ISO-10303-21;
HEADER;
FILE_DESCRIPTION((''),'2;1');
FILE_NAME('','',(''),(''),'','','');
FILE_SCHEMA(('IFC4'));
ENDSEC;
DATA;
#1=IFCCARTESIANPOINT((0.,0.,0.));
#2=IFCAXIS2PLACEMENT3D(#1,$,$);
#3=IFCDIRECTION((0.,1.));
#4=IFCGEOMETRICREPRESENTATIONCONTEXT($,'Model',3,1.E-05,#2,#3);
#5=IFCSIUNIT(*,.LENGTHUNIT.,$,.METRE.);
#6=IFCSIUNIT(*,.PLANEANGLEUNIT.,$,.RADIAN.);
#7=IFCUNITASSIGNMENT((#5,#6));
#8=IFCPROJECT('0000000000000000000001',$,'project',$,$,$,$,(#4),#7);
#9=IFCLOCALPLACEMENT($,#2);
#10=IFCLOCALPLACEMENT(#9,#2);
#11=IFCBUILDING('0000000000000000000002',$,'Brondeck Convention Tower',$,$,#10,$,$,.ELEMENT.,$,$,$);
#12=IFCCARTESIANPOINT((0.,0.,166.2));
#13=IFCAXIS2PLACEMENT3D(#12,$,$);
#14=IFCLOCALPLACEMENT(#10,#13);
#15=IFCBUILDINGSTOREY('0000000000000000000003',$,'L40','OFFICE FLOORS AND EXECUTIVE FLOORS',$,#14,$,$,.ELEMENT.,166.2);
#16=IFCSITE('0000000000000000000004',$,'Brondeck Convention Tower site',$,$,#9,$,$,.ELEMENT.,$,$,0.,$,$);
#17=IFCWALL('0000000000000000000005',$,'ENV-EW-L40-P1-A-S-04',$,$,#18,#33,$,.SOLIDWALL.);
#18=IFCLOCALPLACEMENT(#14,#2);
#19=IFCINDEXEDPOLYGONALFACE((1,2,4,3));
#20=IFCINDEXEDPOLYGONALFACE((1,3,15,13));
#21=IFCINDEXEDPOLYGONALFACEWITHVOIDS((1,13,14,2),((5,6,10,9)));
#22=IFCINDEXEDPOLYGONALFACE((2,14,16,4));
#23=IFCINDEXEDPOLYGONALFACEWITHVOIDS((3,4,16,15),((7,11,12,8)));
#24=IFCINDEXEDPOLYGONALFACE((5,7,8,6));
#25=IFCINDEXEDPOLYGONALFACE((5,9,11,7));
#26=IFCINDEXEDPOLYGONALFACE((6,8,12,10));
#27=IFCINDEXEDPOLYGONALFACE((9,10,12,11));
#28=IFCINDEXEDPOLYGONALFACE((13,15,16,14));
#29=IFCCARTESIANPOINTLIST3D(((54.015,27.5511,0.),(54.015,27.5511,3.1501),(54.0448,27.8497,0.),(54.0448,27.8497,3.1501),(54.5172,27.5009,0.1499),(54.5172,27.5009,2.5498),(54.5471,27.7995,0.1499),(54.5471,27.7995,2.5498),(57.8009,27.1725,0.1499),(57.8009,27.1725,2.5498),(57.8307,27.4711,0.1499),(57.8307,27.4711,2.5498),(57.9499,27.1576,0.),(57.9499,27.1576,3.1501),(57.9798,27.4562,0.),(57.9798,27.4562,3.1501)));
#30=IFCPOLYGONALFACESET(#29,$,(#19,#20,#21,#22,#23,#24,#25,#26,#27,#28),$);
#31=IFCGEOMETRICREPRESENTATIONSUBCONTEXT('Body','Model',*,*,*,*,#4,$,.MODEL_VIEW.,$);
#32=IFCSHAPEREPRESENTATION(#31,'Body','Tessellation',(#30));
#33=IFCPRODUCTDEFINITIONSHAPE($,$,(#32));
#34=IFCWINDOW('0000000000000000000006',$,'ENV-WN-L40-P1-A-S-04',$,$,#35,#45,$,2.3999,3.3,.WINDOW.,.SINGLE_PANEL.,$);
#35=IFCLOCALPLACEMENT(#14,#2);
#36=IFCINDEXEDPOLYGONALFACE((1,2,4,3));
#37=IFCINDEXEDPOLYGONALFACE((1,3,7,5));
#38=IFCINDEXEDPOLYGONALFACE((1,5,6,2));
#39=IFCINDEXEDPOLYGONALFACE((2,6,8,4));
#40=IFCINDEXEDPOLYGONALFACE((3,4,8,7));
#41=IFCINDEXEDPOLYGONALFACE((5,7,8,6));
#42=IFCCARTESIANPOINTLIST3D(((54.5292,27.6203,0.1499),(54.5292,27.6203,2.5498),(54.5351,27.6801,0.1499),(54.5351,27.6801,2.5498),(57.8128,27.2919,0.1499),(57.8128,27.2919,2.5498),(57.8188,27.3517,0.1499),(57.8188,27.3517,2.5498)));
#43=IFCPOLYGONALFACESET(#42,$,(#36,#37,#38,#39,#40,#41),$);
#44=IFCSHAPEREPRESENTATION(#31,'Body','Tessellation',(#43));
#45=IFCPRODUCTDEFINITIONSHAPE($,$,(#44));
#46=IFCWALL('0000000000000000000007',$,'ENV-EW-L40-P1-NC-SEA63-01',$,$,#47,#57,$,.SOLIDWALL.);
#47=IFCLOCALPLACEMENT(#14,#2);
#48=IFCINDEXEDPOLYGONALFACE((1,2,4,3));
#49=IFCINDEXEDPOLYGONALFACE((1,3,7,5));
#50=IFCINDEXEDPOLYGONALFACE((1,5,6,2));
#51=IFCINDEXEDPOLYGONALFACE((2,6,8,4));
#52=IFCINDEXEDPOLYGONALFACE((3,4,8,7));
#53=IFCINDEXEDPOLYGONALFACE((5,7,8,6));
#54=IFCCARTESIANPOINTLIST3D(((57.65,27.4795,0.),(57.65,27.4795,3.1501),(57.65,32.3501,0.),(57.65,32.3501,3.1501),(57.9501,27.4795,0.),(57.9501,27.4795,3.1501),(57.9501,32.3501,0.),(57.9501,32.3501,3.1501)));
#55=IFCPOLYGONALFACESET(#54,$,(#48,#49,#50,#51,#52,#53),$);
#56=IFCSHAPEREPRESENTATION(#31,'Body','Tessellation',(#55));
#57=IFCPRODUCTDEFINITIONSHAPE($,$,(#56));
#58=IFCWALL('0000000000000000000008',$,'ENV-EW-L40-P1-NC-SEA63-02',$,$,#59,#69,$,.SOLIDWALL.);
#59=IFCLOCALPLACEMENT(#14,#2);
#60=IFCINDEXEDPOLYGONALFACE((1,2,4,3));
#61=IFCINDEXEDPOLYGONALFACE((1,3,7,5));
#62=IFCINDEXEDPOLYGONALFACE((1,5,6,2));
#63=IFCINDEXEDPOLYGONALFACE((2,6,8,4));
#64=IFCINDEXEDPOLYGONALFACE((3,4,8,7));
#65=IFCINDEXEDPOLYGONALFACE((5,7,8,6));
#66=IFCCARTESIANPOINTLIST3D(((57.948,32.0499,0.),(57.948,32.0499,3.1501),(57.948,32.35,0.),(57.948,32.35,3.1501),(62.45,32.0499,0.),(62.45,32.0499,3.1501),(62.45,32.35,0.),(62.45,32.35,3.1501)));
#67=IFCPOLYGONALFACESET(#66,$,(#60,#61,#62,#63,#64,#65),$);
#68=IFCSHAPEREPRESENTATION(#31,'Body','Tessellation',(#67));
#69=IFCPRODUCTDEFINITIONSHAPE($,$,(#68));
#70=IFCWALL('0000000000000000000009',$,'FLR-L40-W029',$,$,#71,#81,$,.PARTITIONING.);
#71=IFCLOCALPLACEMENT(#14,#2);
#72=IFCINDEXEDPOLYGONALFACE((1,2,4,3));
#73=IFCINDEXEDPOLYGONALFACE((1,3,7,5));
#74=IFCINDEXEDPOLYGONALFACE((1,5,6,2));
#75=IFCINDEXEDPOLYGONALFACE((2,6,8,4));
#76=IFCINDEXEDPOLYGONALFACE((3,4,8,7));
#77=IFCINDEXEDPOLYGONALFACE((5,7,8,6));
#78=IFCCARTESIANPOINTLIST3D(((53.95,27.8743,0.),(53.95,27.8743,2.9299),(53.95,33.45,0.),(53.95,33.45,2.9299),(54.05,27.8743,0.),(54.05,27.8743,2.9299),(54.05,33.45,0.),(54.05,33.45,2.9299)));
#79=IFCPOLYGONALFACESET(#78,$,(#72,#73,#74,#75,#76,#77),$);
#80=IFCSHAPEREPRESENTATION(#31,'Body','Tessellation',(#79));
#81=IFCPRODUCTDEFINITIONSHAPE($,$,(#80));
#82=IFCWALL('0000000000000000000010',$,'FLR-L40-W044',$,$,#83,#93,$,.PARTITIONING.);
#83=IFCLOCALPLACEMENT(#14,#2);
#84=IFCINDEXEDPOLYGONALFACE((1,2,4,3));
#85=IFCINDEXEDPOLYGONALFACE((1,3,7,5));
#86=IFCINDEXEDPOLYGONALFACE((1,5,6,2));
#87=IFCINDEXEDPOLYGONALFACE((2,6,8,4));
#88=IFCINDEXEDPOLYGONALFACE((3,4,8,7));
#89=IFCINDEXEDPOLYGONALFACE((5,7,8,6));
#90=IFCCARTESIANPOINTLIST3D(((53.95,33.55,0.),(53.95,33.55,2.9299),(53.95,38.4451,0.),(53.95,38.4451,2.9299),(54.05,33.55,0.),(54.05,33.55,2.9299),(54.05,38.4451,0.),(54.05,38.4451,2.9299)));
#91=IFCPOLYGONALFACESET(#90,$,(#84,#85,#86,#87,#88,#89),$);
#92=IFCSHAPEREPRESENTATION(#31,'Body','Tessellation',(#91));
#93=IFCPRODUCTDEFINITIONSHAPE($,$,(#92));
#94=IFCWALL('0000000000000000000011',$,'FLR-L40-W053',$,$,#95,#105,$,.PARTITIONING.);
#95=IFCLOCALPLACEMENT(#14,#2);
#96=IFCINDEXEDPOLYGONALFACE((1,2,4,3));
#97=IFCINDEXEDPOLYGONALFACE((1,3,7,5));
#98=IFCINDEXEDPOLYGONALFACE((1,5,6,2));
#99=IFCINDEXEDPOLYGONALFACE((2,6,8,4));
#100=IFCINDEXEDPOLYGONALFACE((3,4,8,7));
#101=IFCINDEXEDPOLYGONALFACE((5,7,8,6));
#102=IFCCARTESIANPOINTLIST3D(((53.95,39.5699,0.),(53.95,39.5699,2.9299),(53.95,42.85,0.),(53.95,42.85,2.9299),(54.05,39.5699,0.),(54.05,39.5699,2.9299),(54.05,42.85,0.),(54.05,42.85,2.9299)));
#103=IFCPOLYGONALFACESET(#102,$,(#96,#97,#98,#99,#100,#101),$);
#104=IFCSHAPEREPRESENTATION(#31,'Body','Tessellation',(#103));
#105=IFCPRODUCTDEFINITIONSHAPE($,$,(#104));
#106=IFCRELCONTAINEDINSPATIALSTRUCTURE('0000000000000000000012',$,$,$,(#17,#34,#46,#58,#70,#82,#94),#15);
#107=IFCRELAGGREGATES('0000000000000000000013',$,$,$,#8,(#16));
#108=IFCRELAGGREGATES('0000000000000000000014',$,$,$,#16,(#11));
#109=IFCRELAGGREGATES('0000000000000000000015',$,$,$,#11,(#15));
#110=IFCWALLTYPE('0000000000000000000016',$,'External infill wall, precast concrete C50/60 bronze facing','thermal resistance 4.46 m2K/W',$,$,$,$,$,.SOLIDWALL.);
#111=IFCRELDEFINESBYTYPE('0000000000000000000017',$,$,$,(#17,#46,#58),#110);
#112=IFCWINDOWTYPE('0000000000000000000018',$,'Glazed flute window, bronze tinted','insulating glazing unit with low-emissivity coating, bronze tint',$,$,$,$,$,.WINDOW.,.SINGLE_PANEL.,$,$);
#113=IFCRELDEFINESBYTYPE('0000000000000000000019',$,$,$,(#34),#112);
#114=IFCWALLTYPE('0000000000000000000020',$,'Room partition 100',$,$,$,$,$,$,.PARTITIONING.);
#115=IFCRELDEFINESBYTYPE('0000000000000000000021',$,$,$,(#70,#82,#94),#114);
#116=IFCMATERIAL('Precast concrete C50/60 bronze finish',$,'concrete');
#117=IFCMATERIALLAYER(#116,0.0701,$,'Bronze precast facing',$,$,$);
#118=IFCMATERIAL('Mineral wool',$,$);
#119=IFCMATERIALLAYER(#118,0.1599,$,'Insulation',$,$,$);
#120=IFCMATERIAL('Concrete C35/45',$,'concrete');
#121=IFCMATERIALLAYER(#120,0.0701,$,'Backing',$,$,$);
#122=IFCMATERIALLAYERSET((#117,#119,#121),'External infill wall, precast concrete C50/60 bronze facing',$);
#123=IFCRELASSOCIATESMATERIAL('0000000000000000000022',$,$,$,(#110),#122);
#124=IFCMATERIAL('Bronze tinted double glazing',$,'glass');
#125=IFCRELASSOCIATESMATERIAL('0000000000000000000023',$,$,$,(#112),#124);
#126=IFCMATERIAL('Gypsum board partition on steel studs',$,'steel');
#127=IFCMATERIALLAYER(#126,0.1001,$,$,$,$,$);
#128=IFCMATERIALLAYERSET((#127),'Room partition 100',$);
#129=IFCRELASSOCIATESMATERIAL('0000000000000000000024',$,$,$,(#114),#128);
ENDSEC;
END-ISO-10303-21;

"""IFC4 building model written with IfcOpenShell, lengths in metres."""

from ifc_helpers import new_model, si_unit, direction, frame, frame_2d, origin, place, context, subcontext, project, spatial, rectangle, extrude, material, layer, layer_set, type_object, element, fill, save


model = new_model("IFC4")

# Units and contexts
model_context = context("Model", 3, precision=1e-05, world=origin(), true_north=direction((0.0, 1.0)))
body_context = subcontext(model_context, "Body", "Model", "MODEL_VIEW")
ifc_project = project(units=[si_unit("LENGTHUNIT", "METRE"), si_unit("PLANEANGLEUNIT", "RADIAN")], contexts=[model_context])

# Site, building, storey
site_placement = place(None, origin())
site = spatial("IfcSite", under=ifc_project, at=site_placement, Name="Brondeck Convention Tower site", CompositionType="ELEMENT", RefElevation=0.0)
building_placement = place(site_placement, origin())
building = spatial("IfcBuilding", under=site, at=building_placement, Name="Brondeck Convention Tower", CompositionType="ELEMENT")
storey_placement = place(building_placement, frame((0.0, 0.0, 166.2)))
storey = spatial("IfcBuildingStorey", under=building, at=storey_placement, Name="L40", Description="OFFICE FLOORS AND EXECUTIVE FLOORS", CompositionType="ELEMENT", Elevation=166.2)

# Shared definitions
ifc_material_1 = material(Name="Precast concrete C50/60 bronze finish", Category="concrete")
ifc_layer_1 = layer(ifc_material_1, 0.0701, Name="Bronze precast facing")
ifc_material_2 = material(Name="Mineral wool")
ifc_layer_2 = layer(ifc_material_2, 0.1599, Name="Insulation")
ifc_material_3 = material(Name="Concrete C35/45", Category="concrete")
ifc_layer_3 = layer(ifc_material_3, 0.0701, Name="Backing")
ifc_layer_set_1 = layer_set([ifc_layer_1, ifc_layer_2, ifc_layer_3], Name="External infill wall, precast concrete C50/60 bronze facing")
wall_type_1 = type_object("IfcWallType", Name="External infill wall, precast concrete C50/60 bronze facing", Description="thermal resistance 4.46 m2K/W", PredefinedType="SOLIDWALL", material=ifc_layer_set_1)
ifc_material_4 = material(Name="Bronze tinted double glazing", Category="glass")
window_type_1 = type_object("IfcWindowType", Name="Glazed flute window, bronze tinted", Description="insulating glazing unit with low-emissivity coating, bronze tint", PartitioningType="SINGLE_PANEL", PredefinedType="WINDOW", material=ifc_material_4)

# Wall, opening, window
wall_1_placement = place(storey_placement, frame((57.9648, 27.3069, 0.0), z_axis=(0.0, 0.0, 1.0), x_axis=(-0.995036, 0.099516, 0.0)))
wall_1 = element("IfcWall", 1, at=wall_1_placement, inside=storey, type_object=wall_type_1, Name="ENV-EW-L40-P1-A-S-04", PredefinedType="SOLIDWALL", context=body_context, shape_type="SweptSolid", body=[
    extrude(rectangle(XDim=3.9546, YDim=0.3, at=frame_2d((1.9773, 0.0))), origin(), (0.0, 0.0, 1.0), 3.1501),
])
opening_1_placement = place(wall_1_placement, frame((0.1499, 0.0, 0.1499)))
opening_1 = element("IfcOpeningElement", 2, at=opening_1_placement, cuts=wall_1, PredefinedType="OPENING", context=body_context, shape_type="SweptSolid", body=[
    extrude(rectangle(XDim=3.3, YDim=2.3999, at=frame_2d((1.6499, 1.2))), frame((0.0, 0.1599, 0.0), z_axis=(0.0, -1.0, 0.0), x_axis=(1.0, 0.0, 0.0)), (0.0, 0.0, 1.0), 0.3201),
])
window_1_placement = place(opening_1_placement, origin())
window_1 = element("IfcWindow", 3, at=window_1_placement, inside=storey, type_object=window_type_1, Name="ENV-WN-L40-P1-A-S-04", OverallHeight=2.3999, OverallWidth=3.3, PartitioningType="SINGLE_PANEL", PredefinedType="WINDOW", context=body_context, shape_type="SweptSolid", body=[
    extrude(rectangle(XDim=3.3, YDim=2.3999, at=frame_2d((1.6499, 1.2))), frame((0.0, 0.03, 0.0), z_axis=(0.0, -1.0, 0.0), x_axis=(1.0, 0.0, 0.0)), (0.0, 0.0, 1.0), 0.0601),
])
fill(opening_1, window_1)

# Walls
wall_2_placement = place(storey_placement, frame((57.8, 32.3501, 0.0), z_axis=(0.0, 0.0, 1.0), x_axis=(0.0, -1.0, 0.0)))
element("IfcWall", 4, at=wall_2_placement, inside=storey, type_object=wall_type_1, Name="ENV-EW-L40-P1-NC-SEA63-01", PredefinedType="SOLIDWALL", context=body_context, shape_type="SweptSolid", body=[
    extrude(rectangle(XDim=4.8706, YDim=0.3, at=frame_2d((2.4353, 0.0))), origin(), (0.0, 0.0, 1.0), 3.1501),
])
wall_3_placement = place(storey_placement, frame((62.45, 32.2, 0.0), z_axis=(0.0, 0.0, 1.0), x_axis=(-1.0, 0.0, 0.0)))
element("IfcWall", 5, at=wall_3_placement, inside=storey, type_object=wall_type_1, Name="ENV-EW-L40-P1-NC-SEA63-02", PredefinedType="SOLIDWALL", context=body_context, shape_type="SweptSolid", body=[
    extrude(rectangle(XDim=4.502, YDim=0.3, at=frame_2d((2.251, 0.0))), origin(), (0.0, 0.0, 1.0), 3.1501),
])
ifc_material_5 = material(Name="Gypsum board partition on steel studs", Category="steel")
ifc_layer_4 = layer(ifc_material_5, 0.1001)
ifc_layer_set_2 = layer_set([ifc_layer_4], Name="Room partition 100")
wall_type_2 = type_object("IfcWallType", Name="Room partition 100", PredefinedType="PARTITIONING", material=ifc_layer_set_2)
wall_4_placement = place(storey_placement, frame((54.0, 27.8743, 0.0), z_axis=(0.0, 0.0, 1.0), x_axis=(0.0, 1.0, 0.0)))
element("IfcWall", 6, at=wall_4_placement, inside=storey, type_object=wall_type_2, Name="FLR-L40-W029", PredefinedType="PARTITIONING", context=body_context, shape_type="SweptSolid", body=[
    extrude(rectangle(XDim=5.5757, YDim=0.1001, at=frame_2d((2.7878, 0.0))), origin(), (0.0, 0.0, 1.0), 2.9299),
])
wall_5_placement = place(storey_placement, frame((54.0, 33.55, 0.0), z_axis=(0.0, 0.0, 1.0), x_axis=(0.0, 1.0, 0.0)))
element("IfcWall", 7, at=wall_5_placement, inside=storey, type_object=wall_type_2, Name="FLR-L40-W044", PredefinedType="PARTITIONING", context=body_context, shape_type="SweptSolid", body=[
    extrude(rectangle(XDim=4.895, YDim=0.1001, at=frame_2d((2.4475, 0.0))), origin(), (0.0, 0.0, 1.0), 2.9299),
])
wall_6_placement = place(storey_placement, frame((54.0, 42.8501, 0.0), z_axis=(0.0, 0.0, 1.0), x_axis=(0.0, -1.0, 0.0)))
element("IfcWall", 8, at=wall_6_placement, inside=storey, type_object=wall_type_2, Name="FLR-L40-W053", PredefinedType="PARTITIONING", context=body_context, shape_type="SweptSolid", body=[
    extrude(rectangle(XDim=3.28, YDim=0.1001, at=frame_2d((1.6401, 0.0))), origin(), (0.0, 0.0, 1.0), 2.9299),
])

save(model, "model.ifc")
